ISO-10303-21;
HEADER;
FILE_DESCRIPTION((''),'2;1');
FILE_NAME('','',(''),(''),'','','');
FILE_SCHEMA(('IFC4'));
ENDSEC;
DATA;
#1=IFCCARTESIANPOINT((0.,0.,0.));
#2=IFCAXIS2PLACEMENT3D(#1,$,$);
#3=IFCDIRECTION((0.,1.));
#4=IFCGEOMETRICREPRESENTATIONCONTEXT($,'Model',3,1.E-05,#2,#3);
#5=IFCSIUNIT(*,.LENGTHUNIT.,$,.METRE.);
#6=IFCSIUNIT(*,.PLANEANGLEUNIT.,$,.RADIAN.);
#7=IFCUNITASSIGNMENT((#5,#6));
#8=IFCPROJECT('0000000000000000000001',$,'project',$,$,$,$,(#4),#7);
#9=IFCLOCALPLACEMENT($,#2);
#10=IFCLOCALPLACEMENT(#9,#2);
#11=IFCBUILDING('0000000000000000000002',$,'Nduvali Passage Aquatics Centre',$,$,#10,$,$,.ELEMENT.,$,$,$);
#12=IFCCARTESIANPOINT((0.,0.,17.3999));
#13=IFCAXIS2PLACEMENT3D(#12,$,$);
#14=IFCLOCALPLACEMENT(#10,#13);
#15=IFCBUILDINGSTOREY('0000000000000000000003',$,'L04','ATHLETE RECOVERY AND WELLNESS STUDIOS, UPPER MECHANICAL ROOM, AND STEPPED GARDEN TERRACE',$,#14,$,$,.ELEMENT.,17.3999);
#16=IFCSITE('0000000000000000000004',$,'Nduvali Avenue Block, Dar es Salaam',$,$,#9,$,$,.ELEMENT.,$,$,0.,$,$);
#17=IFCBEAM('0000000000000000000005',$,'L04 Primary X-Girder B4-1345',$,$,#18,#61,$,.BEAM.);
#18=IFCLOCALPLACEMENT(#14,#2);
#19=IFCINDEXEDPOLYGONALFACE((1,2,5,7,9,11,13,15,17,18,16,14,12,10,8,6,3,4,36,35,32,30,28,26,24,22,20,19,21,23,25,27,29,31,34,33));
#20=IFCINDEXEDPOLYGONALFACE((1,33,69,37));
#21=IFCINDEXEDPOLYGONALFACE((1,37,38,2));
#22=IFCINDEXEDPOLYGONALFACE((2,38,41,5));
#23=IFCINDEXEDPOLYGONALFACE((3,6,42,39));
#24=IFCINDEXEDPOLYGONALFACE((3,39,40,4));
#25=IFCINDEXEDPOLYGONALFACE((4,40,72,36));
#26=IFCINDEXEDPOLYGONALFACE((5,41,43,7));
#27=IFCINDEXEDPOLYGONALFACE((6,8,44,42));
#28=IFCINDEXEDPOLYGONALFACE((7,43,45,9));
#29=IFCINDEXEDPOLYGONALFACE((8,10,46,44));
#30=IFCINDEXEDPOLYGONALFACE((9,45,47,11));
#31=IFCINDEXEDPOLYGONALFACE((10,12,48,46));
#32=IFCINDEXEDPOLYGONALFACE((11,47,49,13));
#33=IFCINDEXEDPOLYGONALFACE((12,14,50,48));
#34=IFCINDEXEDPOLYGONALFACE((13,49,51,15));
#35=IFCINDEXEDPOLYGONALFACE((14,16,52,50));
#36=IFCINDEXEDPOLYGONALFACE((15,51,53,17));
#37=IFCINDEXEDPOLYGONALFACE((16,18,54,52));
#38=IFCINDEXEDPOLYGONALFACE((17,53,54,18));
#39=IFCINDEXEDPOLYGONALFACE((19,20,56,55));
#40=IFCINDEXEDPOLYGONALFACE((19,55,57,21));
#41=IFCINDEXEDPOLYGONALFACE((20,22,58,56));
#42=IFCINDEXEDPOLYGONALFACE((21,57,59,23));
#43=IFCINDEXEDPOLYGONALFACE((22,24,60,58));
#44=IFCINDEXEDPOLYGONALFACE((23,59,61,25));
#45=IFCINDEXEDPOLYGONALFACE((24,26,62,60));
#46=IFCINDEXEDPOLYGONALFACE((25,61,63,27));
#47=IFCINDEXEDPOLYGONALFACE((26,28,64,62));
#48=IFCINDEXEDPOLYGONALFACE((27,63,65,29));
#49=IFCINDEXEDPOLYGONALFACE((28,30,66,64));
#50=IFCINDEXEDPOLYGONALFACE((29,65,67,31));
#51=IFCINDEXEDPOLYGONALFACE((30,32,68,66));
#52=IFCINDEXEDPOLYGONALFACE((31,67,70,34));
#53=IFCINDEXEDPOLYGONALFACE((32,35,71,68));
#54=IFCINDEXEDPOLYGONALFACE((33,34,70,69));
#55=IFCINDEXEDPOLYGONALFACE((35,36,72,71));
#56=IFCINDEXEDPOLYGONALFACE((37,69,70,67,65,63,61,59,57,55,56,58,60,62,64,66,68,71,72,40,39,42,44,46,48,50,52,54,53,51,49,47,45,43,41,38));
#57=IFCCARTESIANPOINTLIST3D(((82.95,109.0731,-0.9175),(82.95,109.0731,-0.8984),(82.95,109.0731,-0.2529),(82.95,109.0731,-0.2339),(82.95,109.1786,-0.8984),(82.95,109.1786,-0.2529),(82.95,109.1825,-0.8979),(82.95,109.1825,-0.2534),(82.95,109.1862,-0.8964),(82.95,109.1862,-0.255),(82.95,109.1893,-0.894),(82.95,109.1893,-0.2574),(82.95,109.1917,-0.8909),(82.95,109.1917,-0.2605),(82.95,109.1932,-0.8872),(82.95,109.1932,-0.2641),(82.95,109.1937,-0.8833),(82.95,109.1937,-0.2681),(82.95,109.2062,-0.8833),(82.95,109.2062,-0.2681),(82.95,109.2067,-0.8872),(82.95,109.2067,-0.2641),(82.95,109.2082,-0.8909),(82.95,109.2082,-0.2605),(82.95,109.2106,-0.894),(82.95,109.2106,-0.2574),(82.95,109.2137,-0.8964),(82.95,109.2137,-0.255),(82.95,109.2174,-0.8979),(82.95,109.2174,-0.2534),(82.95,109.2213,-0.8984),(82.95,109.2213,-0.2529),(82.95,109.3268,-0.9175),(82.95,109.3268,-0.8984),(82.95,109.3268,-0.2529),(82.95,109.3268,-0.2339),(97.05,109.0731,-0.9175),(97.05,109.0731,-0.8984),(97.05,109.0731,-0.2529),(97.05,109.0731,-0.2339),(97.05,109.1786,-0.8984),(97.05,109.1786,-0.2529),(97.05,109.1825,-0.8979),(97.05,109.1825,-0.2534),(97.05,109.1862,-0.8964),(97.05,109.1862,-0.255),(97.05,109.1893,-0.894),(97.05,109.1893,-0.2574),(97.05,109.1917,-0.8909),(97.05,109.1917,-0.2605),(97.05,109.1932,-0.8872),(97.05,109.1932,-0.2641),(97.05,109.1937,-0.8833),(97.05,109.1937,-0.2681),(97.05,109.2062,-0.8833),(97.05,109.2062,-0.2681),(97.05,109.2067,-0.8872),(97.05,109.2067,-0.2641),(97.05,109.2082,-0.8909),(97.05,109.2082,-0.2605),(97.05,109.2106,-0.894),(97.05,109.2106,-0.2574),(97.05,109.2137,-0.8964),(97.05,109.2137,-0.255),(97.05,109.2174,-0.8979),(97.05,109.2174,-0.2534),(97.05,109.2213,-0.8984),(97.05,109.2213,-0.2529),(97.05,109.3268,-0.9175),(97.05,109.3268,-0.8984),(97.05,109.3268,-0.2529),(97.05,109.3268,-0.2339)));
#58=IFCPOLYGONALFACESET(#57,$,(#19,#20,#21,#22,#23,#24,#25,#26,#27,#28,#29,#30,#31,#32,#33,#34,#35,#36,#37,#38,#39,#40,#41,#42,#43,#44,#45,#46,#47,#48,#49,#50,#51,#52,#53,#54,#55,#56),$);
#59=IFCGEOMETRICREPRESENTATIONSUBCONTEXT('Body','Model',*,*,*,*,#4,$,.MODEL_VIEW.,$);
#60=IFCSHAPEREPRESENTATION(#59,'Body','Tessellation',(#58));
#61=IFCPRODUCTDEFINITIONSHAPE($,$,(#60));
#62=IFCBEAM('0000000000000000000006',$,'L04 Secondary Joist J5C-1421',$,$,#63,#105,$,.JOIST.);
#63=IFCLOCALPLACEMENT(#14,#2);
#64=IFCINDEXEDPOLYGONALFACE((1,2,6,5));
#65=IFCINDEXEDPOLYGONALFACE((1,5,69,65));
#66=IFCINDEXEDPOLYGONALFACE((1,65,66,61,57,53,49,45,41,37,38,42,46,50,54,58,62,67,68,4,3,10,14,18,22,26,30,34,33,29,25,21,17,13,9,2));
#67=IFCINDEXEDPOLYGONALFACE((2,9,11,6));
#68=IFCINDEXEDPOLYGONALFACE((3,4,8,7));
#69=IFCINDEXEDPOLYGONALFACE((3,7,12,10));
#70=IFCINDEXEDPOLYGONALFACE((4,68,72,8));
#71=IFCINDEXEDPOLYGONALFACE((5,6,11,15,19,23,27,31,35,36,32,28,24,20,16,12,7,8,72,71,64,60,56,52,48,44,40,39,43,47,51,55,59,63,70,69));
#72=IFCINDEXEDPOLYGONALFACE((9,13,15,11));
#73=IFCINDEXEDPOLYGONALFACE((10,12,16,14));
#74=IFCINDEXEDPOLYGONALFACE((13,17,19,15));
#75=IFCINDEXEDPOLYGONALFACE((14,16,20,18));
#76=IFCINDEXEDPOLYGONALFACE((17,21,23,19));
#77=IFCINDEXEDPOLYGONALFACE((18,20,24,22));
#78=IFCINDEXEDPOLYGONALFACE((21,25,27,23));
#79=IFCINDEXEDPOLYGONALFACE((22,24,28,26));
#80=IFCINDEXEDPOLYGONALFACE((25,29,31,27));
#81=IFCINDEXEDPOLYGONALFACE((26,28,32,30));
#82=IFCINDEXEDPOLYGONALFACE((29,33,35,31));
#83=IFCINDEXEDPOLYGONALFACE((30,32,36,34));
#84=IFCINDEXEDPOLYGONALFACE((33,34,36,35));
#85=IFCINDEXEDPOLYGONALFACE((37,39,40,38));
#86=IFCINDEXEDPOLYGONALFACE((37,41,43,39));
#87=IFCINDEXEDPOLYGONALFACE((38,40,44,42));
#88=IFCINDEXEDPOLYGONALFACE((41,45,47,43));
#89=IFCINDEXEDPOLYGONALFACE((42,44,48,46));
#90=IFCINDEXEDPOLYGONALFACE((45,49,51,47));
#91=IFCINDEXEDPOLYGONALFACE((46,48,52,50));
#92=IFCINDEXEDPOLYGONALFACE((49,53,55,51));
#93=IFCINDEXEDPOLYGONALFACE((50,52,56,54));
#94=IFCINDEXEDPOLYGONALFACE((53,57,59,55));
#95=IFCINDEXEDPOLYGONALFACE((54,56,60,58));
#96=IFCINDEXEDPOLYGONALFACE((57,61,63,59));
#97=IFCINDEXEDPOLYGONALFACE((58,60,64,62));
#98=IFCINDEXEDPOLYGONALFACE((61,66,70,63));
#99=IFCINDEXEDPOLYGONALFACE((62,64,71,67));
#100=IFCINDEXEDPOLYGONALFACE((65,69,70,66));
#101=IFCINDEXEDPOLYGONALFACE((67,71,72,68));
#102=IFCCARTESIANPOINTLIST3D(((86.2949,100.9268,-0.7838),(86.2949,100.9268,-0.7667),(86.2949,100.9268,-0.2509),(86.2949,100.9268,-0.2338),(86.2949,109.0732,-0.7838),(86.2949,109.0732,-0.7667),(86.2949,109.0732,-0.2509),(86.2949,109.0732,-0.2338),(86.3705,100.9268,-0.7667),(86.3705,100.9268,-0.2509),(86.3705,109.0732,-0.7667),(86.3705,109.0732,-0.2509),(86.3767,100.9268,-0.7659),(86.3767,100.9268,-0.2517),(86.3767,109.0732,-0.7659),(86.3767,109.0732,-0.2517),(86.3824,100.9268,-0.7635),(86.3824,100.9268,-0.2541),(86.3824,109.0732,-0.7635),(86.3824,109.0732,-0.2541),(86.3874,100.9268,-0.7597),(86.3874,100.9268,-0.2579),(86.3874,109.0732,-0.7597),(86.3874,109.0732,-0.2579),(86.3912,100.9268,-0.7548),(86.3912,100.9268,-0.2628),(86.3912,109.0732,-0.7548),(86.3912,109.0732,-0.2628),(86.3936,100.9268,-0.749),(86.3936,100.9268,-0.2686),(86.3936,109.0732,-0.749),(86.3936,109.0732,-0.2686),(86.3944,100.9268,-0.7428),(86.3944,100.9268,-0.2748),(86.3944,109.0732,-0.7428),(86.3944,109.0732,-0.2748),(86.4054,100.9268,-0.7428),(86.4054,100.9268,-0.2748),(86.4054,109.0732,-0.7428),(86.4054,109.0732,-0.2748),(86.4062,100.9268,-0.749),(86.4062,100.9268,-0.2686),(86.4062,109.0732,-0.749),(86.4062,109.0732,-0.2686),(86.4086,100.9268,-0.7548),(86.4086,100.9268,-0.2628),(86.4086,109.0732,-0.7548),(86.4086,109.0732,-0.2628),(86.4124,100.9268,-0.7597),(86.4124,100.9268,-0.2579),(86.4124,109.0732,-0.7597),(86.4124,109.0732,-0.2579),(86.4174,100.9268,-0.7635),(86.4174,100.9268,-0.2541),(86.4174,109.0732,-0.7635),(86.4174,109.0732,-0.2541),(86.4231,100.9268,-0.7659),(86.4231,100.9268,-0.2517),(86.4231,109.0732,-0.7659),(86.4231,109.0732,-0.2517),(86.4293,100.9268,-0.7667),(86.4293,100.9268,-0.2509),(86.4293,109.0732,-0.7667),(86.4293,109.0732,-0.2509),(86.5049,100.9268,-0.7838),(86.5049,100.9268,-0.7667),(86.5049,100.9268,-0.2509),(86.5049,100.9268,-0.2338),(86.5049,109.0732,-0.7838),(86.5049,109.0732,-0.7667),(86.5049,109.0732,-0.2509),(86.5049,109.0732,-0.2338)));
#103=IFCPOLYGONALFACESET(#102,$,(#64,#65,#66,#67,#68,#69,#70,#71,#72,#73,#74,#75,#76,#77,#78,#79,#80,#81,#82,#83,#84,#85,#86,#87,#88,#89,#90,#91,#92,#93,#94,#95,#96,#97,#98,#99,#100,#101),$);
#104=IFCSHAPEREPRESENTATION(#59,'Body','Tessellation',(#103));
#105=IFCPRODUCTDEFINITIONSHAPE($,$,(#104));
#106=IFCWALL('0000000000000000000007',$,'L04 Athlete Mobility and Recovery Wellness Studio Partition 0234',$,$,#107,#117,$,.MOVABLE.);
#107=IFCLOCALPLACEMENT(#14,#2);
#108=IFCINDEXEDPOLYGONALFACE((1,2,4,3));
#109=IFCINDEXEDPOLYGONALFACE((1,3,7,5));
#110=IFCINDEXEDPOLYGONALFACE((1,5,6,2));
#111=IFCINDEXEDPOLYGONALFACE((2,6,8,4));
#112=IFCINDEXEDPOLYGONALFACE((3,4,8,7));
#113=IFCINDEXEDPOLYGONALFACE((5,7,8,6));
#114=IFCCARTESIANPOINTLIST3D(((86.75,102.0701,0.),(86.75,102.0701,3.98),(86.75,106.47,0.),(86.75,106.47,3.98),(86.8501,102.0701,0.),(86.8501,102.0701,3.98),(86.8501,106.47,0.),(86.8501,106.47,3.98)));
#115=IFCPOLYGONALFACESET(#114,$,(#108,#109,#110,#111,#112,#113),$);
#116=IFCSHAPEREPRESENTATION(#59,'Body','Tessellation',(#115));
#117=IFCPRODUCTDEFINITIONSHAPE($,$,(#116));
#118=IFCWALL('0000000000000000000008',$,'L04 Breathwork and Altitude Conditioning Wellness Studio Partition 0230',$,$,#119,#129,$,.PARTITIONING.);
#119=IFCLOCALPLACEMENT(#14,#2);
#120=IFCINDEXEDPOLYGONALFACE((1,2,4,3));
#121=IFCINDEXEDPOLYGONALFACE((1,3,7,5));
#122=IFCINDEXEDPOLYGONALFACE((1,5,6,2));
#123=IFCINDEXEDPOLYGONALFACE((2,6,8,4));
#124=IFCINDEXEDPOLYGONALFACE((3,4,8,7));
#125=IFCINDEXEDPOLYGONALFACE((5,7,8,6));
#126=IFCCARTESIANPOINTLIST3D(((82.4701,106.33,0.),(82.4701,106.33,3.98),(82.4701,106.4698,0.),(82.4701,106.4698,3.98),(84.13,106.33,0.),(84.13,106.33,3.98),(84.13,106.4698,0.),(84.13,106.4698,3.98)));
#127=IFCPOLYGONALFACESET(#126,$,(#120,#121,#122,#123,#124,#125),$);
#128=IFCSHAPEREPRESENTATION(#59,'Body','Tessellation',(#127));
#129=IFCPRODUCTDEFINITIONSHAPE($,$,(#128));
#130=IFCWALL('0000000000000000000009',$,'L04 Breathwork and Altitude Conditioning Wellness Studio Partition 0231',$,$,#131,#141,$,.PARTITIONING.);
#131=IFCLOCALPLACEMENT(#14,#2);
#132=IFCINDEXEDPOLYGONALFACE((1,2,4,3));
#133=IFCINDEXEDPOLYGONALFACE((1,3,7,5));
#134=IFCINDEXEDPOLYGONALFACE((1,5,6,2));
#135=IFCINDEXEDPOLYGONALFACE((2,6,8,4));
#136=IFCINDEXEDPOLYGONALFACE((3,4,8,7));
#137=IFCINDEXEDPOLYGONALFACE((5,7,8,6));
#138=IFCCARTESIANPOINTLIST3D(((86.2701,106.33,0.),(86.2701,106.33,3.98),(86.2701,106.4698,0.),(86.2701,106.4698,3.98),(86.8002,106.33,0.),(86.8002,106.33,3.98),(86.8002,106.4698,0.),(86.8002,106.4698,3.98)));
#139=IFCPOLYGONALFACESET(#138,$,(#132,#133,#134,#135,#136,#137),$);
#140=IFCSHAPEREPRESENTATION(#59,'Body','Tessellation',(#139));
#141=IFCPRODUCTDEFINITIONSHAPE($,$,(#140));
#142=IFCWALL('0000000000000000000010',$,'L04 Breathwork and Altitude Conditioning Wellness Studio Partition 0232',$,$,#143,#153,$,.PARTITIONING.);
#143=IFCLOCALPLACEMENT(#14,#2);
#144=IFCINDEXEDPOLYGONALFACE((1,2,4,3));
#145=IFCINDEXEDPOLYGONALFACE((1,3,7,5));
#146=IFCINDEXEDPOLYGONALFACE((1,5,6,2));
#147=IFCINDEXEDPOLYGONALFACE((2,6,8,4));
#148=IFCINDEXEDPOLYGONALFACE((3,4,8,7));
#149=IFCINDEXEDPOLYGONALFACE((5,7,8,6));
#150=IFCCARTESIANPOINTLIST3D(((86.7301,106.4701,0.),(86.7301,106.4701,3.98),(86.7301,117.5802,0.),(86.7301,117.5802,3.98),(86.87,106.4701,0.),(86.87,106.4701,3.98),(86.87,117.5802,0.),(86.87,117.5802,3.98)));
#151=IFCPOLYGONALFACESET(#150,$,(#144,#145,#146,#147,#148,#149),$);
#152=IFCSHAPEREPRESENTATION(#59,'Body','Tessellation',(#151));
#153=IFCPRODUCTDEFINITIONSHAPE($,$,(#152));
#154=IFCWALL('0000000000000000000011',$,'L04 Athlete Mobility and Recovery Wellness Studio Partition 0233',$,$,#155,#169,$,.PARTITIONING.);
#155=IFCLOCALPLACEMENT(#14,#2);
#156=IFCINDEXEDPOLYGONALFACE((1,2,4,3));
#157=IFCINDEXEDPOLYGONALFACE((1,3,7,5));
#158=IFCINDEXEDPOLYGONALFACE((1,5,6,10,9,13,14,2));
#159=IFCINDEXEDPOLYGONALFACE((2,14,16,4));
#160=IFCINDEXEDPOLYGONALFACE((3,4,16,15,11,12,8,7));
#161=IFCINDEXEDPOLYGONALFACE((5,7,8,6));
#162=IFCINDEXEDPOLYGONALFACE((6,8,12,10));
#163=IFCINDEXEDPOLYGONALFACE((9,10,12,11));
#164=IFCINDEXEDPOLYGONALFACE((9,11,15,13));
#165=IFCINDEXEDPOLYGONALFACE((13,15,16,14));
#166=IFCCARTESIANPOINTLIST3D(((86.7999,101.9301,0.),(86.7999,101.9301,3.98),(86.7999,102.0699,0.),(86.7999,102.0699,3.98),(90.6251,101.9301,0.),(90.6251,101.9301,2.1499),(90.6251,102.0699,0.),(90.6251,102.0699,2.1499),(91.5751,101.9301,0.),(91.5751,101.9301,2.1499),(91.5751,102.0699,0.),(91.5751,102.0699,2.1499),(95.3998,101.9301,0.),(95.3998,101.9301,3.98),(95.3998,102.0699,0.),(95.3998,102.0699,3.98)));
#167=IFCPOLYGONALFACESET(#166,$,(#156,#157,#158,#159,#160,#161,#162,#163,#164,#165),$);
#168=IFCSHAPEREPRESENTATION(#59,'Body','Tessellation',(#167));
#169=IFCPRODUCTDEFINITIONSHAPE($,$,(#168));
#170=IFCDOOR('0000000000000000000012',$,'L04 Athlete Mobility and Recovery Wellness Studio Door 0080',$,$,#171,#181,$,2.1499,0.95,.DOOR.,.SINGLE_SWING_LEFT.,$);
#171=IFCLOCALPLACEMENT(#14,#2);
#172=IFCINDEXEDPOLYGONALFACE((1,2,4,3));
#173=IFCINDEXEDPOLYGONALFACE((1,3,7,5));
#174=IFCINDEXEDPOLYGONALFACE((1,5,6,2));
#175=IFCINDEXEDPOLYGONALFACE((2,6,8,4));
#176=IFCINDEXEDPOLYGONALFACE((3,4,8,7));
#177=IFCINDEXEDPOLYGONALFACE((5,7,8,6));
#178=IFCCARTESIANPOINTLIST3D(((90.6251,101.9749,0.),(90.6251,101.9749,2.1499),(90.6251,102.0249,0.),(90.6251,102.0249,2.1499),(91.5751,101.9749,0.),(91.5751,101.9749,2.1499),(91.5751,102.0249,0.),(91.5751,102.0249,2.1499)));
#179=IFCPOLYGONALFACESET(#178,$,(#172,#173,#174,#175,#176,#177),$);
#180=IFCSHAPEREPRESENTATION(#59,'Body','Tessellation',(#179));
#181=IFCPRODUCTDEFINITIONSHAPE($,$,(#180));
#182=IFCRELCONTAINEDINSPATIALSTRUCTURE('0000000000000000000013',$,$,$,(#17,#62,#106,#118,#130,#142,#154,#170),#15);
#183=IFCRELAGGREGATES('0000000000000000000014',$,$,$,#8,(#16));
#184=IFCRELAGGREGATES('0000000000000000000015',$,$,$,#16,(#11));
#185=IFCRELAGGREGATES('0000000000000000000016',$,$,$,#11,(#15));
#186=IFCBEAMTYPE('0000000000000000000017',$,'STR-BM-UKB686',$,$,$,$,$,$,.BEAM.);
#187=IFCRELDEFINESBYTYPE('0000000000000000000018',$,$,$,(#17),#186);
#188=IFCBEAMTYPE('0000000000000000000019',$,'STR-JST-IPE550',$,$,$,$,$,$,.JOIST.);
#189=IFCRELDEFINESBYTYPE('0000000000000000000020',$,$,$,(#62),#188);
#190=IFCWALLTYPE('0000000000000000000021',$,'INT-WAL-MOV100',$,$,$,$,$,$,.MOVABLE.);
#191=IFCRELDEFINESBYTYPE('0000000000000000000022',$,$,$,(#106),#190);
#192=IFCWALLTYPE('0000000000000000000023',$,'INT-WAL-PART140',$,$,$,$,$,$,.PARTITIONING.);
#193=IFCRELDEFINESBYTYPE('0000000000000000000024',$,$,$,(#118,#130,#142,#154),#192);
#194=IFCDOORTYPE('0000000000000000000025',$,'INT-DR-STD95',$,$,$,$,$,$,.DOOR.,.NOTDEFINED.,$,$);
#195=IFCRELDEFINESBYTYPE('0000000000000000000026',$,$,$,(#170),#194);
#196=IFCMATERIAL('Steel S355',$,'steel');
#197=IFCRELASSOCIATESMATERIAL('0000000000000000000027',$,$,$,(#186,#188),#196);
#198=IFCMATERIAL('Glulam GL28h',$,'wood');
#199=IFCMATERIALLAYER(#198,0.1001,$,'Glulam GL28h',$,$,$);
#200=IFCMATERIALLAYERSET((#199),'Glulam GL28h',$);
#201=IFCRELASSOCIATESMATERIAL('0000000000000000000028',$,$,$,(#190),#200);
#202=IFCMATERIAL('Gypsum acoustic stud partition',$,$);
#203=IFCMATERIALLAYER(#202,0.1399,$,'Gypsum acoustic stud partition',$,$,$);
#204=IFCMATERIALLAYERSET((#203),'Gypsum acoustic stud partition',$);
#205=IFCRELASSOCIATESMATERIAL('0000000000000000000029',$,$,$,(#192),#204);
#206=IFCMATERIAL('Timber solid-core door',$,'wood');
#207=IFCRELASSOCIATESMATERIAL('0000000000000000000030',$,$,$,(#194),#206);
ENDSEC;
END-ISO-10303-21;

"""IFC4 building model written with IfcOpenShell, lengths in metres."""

from ifc_helpers import new_model, si_unit, direction, frame, frame_2d, origin, origin_2d, place, context, subcontext, project, spatial, rectangle, i_section, extrude, material, layer, layer_set, material_profile, profile_set, type_object, element, fill, save


model = new_model("IFC4")

# Units and contexts
model_context = context("Model", 3, precision=1e-05, world=origin(), true_north=direction((0.0, 1.0)))
body_context = subcontext(model_context, "Body", "Model", "MODEL_VIEW")
ifc_project = project(units=[si_unit("LENGTHUNIT", "METRE"), si_unit("PLANEANGLEUNIT", "RADIAN")], contexts=[model_context])

# Site, building, storey
site_placement = place(None, origin())
site = spatial("IfcSite", under=ifc_project, at=site_placement, Name="Nduvali Avenue Block, Dar es Salaam", CompositionType="ELEMENT", RefElevation=0.0)
building_placement = place(site_placement, origin())
building = spatial("IfcBuilding", under=site, at=building_placement, Name="Nduvali Passage Aquatics Centre", CompositionType="ELEMENT")
storey_placement = place(building_placement, frame((0.0, 0.0, 17.3999)))
storey = spatial("IfcBuildingStorey", under=building, at=storey_placement, Name="L04", Description="ATHLETE RECOVERY AND WELLNESS STUDIOS, UPPER MECHANICAL ROOM, AND STEPPED GARDEN TERRACE", CompositionType="ELEMENT", Elevation=17.3999)

# Shared definitions
ifc_material_1 = material(Name="Steel S355", Category="steel")

# Beams
ifc_material_profile_1 = material_profile(ifc_material_1, i_section(OverallWidth=0.2537, OverallDepth=0.6836, WebThickness=0.0125, FlangeThickness=0.019, FilletRadius=0.0151, at=origin_2d()), Name="UKB 686x254x140")
ifc_profile_set_1 = profile_set([ifc_material_profile_1], Name="Steel S355")
beam_type_1 = type_object("IfcBeamType", Name="STR-BM-UKB686", PredefinedType="BEAM", material=ifc_profile_set_1)
for number, where, z_axis, x_axis, name in (
    (1, (82.95, 109.2, -0.5757), (1.0, 0.0, 0.0), (0.0, 1.0, 0.0), "L04 Primary X-Girder B4-1345"),
):
    element("IfcBeam", number, at=place(storey_placement, frame(where, z_axis=z_axis, x_axis=x_axis)), inside=storey, type_object=beam_type_1, Name=name, PredefinedType="BEAM", context=body_context, shape_type="SweptSolid", body=[
        extrude(i_section(OverallWidth=0.2537, OverallDepth=0.6836, WebThickness=0.0125, FlangeThickness=0.019, FilletRadius=0.0151, at=origin_2d()), origin(), (0.0, 0.0, 1.0), 14.1001),
    ])
ifc_material_profile_2 = material_profile(ifc_material_1, i_section(OverallWidth=0.21, OverallDepth=0.55, WebThickness=0.011, FlangeThickness=0.0171, FilletRadius=0.0239, at=origin_2d()), Name="IPE 550")
ifc_profile_set_2 = profile_set([ifc_material_profile_2], Name="Steel S355")
beam_type_2 = type_object("IfcBeamType", Name="STR-JST-IPE550", PredefinedType="JOIST", material=ifc_profile_set_2)
beam_1_placement = place(storey_placement, frame((86.3999, 100.9268, -0.5088), z_axis=(0.0, 1.0, 0.0), x_axis=(-1.0, 0.0, 0.0)))
element("IfcBeam", 2, at=beam_1_placement, inside=storey, type_object=beam_type_2, Name="L04 Secondary Joist J5C-1421", PredefinedType="JOIST", context=body_context, shape_type="SweptSolid", body=[
    extrude(i_section(OverallWidth=0.21, OverallDepth=0.55, WebThickness=0.011, FlangeThickness=0.0171, FilletRadius=0.0239, at=origin_2d()), origin(), (0.0, 0.0, 1.0), 8.1465),
])

# Walls
ifc_material_2 = material(Name="Glulam GL28h", Category="wood")
ifc_layer_1 = layer(ifc_material_2, 0.1001, Name="Glulam GL28h")
ifc_layer_set_1 = layer_set([ifc_layer_1], Name="Glulam GL28h")
wall_type_1 = type_object("IfcWallType", Name="INT-WAL-MOV100", PredefinedType="MOVABLE", material=ifc_layer_set_1)
wall_1_placement = place(storey_placement, frame((86.8, 102.0701, 0.0), z_axis=(0.0, 0.0, 1.0), x_axis=(0.0, 1.0, 0.0)))
element("IfcWall", 3, at=wall_1_placement, inside=storey, type_object=wall_type_1, Name="L04 Athlete Mobility and Recovery Wellness Studio Partition 0234", PredefinedType="MOVABLE", context=body_context, shape_type="SweptSolid", body=[
    extrude(rectangle(XDim=4.3999, YDim=0.1001, at=frame_2d((2.2, 0.0))), origin(), (0.0, 0.0, 1.0), 3.98),
])
ifc_material_3 = material(Name="Gypsum acoustic stud partition")
ifc_layer_2 = layer(ifc_material_3, 0.1399, Name="Gypsum acoustic stud partition")
ifc_layer_set_2 = layer_set([ifc_layer_2], Name="Gypsum acoustic stud partition")
wall_type_2 = type_object("IfcWallType", Name="INT-WAL-PART140", PredefinedType="PARTITIONING", material=ifc_layer_set_2)
wall_2_placement = place(storey_placement, frame((82.47, 106.3999, 0.0), z_axis=(0.0, 0.0, 1.0), x_axis=(1.0, 0.0, 0.0)))
element("IfcWall", 4, at=wall_2_placement, inside=storey, type_object=wall_type_2, Name="L04 Breathwork and Altitude Conditioning Wellness Studio Partition 0230", PredefinedType="PARTITIONING", context=body_context, shape_type="SweptSolid", body=[
    extrude(rectangle(XDim=1.6599, YDim=0.1399, at=frame_2d((0.8301, 0.0))), origin(), (0.0, 0.0, 1.0), 3.98),
])
wall_3_placement = place(storey_placement, frame((86.27, 106.3999, 0.0), z_axis=(0.0, 0.0, 1.0), x_axis=(1.0, 0.0, 0.0)))
element("IfcWall", 5, at=wall_3_placement, inside=storey, type_object=wall_type_2, Name="L04 Breathwork and Altitude Conditioning Wellness Studio Partition 0231", PredefinedType="PARTITIONING", context=body_context, shape_type="SweptSolid", body=[
    extrude(rectangle(XDim=0.53, YDim=0.1399, at=frame_2d((0.2651, 0.0))), origin(), (0.0, 0.0, 1.0), 3.98),
])
wall_4_placement = place(storey_placement, frame((86.8, 106.47, 0.0), z_axis=(0.0, 0.0, 1.0), x_axis=(0.0, 1.0, 0.0)))
element("IfcWall", 6, at=wall_4_placement, inside=storey, type_object=wall_type_2, Name="L04 Breathwork and Altitude Conditioning Wellness Studio Partition 0232", PredefinedType="PARTITIONING", context=body_context, shape_type="SweptSolid", body=[
    extrude(rectangle(XDim=11.1101, YDim=0.1399, at=frame_2d((5.5552, 0.0))), origin(), (0.0, 0.0, 1.0), 3.98),
])

# Wall, opening, door
wall_5_placement = place(storey_placement, frame((86.8, 102.0, 0.0), z_axis=(0.0, 0.0, 1.0), x_axis=(1.0, 0.0, 0.0)))
wall_5 = element("IfcWall", 7, at=wall_5_placement, inside=storey, type_object=wall_type_2, Name="L04 Athlete Mobility and Recovery Wellness Studio Partition 0233", PredefinedType="PARTITIONING", context=body_context, shape_type="SweptSolid", body=[
    extrude(rectangle(XDim=8.5999, YDim=0.1399, at=frame_2d((4.2998, 0.0))), origin(), (0.0, 0.0, 1.0), 3.98),
])
opening_1_placement = place(wall_5_placement, frame((3.825, 0.0, 0.0)))
opening_1 = element("IfcOpeningElement", 8, at=opening_1_placement, cuts=wall_5, PredefinedType="OPENING", context=body_context, shape_type="SweptSolid", body=[
    extrude(rectangle(XDim=0.95, YDim=2.1499, at=frame_2d((0.4751, 1.075))), frame((0.0, 0.085, 0.0), z_axis=(0.0, -1.0, 0.0), x_axis=(1.0, 0.0, 0.0)), (0.0, 0.0, 1.0), 0.1697),
])
ifc_material_4 = material(Name="Timber solid-core door", Category="wood")
door_type_1 = type_object("IfcDoorType", Name="INT-DR-STD95", OperationType="NOTDEFINED", PredefinedType="DOOR", material=ifc_material_4)
door_1_placement = place(opening_1_placement, origin())
door_1 = element("IfcDoor", 9, at=door_1_placement, inside=storey, type_object=door_type_1, Name="L04 Athlete Mobility and Recovery Wellness Studio Door 0080", OperationType="SINGLE_SWING_LEFT", OverallHeight=2.1499, OverallWidth=0.95, PredefinedType="DOOR", context=body_context, shape_type="SweptSolid", body=[
    extrude(rectangle(XDim=0.95, YDim=2.1499, at=frame_2d((0.4751, 1.075))), frame((0.0, 0.0249, 0.0), z_axis=(0.0, -1.0, 0.0), x_axis=(1.0, 0.0, 0.0)), (0.0, 0.0, 1.0), 0.05),
])
fill(opening_1, door_1)

save(model, "model.ifc")
